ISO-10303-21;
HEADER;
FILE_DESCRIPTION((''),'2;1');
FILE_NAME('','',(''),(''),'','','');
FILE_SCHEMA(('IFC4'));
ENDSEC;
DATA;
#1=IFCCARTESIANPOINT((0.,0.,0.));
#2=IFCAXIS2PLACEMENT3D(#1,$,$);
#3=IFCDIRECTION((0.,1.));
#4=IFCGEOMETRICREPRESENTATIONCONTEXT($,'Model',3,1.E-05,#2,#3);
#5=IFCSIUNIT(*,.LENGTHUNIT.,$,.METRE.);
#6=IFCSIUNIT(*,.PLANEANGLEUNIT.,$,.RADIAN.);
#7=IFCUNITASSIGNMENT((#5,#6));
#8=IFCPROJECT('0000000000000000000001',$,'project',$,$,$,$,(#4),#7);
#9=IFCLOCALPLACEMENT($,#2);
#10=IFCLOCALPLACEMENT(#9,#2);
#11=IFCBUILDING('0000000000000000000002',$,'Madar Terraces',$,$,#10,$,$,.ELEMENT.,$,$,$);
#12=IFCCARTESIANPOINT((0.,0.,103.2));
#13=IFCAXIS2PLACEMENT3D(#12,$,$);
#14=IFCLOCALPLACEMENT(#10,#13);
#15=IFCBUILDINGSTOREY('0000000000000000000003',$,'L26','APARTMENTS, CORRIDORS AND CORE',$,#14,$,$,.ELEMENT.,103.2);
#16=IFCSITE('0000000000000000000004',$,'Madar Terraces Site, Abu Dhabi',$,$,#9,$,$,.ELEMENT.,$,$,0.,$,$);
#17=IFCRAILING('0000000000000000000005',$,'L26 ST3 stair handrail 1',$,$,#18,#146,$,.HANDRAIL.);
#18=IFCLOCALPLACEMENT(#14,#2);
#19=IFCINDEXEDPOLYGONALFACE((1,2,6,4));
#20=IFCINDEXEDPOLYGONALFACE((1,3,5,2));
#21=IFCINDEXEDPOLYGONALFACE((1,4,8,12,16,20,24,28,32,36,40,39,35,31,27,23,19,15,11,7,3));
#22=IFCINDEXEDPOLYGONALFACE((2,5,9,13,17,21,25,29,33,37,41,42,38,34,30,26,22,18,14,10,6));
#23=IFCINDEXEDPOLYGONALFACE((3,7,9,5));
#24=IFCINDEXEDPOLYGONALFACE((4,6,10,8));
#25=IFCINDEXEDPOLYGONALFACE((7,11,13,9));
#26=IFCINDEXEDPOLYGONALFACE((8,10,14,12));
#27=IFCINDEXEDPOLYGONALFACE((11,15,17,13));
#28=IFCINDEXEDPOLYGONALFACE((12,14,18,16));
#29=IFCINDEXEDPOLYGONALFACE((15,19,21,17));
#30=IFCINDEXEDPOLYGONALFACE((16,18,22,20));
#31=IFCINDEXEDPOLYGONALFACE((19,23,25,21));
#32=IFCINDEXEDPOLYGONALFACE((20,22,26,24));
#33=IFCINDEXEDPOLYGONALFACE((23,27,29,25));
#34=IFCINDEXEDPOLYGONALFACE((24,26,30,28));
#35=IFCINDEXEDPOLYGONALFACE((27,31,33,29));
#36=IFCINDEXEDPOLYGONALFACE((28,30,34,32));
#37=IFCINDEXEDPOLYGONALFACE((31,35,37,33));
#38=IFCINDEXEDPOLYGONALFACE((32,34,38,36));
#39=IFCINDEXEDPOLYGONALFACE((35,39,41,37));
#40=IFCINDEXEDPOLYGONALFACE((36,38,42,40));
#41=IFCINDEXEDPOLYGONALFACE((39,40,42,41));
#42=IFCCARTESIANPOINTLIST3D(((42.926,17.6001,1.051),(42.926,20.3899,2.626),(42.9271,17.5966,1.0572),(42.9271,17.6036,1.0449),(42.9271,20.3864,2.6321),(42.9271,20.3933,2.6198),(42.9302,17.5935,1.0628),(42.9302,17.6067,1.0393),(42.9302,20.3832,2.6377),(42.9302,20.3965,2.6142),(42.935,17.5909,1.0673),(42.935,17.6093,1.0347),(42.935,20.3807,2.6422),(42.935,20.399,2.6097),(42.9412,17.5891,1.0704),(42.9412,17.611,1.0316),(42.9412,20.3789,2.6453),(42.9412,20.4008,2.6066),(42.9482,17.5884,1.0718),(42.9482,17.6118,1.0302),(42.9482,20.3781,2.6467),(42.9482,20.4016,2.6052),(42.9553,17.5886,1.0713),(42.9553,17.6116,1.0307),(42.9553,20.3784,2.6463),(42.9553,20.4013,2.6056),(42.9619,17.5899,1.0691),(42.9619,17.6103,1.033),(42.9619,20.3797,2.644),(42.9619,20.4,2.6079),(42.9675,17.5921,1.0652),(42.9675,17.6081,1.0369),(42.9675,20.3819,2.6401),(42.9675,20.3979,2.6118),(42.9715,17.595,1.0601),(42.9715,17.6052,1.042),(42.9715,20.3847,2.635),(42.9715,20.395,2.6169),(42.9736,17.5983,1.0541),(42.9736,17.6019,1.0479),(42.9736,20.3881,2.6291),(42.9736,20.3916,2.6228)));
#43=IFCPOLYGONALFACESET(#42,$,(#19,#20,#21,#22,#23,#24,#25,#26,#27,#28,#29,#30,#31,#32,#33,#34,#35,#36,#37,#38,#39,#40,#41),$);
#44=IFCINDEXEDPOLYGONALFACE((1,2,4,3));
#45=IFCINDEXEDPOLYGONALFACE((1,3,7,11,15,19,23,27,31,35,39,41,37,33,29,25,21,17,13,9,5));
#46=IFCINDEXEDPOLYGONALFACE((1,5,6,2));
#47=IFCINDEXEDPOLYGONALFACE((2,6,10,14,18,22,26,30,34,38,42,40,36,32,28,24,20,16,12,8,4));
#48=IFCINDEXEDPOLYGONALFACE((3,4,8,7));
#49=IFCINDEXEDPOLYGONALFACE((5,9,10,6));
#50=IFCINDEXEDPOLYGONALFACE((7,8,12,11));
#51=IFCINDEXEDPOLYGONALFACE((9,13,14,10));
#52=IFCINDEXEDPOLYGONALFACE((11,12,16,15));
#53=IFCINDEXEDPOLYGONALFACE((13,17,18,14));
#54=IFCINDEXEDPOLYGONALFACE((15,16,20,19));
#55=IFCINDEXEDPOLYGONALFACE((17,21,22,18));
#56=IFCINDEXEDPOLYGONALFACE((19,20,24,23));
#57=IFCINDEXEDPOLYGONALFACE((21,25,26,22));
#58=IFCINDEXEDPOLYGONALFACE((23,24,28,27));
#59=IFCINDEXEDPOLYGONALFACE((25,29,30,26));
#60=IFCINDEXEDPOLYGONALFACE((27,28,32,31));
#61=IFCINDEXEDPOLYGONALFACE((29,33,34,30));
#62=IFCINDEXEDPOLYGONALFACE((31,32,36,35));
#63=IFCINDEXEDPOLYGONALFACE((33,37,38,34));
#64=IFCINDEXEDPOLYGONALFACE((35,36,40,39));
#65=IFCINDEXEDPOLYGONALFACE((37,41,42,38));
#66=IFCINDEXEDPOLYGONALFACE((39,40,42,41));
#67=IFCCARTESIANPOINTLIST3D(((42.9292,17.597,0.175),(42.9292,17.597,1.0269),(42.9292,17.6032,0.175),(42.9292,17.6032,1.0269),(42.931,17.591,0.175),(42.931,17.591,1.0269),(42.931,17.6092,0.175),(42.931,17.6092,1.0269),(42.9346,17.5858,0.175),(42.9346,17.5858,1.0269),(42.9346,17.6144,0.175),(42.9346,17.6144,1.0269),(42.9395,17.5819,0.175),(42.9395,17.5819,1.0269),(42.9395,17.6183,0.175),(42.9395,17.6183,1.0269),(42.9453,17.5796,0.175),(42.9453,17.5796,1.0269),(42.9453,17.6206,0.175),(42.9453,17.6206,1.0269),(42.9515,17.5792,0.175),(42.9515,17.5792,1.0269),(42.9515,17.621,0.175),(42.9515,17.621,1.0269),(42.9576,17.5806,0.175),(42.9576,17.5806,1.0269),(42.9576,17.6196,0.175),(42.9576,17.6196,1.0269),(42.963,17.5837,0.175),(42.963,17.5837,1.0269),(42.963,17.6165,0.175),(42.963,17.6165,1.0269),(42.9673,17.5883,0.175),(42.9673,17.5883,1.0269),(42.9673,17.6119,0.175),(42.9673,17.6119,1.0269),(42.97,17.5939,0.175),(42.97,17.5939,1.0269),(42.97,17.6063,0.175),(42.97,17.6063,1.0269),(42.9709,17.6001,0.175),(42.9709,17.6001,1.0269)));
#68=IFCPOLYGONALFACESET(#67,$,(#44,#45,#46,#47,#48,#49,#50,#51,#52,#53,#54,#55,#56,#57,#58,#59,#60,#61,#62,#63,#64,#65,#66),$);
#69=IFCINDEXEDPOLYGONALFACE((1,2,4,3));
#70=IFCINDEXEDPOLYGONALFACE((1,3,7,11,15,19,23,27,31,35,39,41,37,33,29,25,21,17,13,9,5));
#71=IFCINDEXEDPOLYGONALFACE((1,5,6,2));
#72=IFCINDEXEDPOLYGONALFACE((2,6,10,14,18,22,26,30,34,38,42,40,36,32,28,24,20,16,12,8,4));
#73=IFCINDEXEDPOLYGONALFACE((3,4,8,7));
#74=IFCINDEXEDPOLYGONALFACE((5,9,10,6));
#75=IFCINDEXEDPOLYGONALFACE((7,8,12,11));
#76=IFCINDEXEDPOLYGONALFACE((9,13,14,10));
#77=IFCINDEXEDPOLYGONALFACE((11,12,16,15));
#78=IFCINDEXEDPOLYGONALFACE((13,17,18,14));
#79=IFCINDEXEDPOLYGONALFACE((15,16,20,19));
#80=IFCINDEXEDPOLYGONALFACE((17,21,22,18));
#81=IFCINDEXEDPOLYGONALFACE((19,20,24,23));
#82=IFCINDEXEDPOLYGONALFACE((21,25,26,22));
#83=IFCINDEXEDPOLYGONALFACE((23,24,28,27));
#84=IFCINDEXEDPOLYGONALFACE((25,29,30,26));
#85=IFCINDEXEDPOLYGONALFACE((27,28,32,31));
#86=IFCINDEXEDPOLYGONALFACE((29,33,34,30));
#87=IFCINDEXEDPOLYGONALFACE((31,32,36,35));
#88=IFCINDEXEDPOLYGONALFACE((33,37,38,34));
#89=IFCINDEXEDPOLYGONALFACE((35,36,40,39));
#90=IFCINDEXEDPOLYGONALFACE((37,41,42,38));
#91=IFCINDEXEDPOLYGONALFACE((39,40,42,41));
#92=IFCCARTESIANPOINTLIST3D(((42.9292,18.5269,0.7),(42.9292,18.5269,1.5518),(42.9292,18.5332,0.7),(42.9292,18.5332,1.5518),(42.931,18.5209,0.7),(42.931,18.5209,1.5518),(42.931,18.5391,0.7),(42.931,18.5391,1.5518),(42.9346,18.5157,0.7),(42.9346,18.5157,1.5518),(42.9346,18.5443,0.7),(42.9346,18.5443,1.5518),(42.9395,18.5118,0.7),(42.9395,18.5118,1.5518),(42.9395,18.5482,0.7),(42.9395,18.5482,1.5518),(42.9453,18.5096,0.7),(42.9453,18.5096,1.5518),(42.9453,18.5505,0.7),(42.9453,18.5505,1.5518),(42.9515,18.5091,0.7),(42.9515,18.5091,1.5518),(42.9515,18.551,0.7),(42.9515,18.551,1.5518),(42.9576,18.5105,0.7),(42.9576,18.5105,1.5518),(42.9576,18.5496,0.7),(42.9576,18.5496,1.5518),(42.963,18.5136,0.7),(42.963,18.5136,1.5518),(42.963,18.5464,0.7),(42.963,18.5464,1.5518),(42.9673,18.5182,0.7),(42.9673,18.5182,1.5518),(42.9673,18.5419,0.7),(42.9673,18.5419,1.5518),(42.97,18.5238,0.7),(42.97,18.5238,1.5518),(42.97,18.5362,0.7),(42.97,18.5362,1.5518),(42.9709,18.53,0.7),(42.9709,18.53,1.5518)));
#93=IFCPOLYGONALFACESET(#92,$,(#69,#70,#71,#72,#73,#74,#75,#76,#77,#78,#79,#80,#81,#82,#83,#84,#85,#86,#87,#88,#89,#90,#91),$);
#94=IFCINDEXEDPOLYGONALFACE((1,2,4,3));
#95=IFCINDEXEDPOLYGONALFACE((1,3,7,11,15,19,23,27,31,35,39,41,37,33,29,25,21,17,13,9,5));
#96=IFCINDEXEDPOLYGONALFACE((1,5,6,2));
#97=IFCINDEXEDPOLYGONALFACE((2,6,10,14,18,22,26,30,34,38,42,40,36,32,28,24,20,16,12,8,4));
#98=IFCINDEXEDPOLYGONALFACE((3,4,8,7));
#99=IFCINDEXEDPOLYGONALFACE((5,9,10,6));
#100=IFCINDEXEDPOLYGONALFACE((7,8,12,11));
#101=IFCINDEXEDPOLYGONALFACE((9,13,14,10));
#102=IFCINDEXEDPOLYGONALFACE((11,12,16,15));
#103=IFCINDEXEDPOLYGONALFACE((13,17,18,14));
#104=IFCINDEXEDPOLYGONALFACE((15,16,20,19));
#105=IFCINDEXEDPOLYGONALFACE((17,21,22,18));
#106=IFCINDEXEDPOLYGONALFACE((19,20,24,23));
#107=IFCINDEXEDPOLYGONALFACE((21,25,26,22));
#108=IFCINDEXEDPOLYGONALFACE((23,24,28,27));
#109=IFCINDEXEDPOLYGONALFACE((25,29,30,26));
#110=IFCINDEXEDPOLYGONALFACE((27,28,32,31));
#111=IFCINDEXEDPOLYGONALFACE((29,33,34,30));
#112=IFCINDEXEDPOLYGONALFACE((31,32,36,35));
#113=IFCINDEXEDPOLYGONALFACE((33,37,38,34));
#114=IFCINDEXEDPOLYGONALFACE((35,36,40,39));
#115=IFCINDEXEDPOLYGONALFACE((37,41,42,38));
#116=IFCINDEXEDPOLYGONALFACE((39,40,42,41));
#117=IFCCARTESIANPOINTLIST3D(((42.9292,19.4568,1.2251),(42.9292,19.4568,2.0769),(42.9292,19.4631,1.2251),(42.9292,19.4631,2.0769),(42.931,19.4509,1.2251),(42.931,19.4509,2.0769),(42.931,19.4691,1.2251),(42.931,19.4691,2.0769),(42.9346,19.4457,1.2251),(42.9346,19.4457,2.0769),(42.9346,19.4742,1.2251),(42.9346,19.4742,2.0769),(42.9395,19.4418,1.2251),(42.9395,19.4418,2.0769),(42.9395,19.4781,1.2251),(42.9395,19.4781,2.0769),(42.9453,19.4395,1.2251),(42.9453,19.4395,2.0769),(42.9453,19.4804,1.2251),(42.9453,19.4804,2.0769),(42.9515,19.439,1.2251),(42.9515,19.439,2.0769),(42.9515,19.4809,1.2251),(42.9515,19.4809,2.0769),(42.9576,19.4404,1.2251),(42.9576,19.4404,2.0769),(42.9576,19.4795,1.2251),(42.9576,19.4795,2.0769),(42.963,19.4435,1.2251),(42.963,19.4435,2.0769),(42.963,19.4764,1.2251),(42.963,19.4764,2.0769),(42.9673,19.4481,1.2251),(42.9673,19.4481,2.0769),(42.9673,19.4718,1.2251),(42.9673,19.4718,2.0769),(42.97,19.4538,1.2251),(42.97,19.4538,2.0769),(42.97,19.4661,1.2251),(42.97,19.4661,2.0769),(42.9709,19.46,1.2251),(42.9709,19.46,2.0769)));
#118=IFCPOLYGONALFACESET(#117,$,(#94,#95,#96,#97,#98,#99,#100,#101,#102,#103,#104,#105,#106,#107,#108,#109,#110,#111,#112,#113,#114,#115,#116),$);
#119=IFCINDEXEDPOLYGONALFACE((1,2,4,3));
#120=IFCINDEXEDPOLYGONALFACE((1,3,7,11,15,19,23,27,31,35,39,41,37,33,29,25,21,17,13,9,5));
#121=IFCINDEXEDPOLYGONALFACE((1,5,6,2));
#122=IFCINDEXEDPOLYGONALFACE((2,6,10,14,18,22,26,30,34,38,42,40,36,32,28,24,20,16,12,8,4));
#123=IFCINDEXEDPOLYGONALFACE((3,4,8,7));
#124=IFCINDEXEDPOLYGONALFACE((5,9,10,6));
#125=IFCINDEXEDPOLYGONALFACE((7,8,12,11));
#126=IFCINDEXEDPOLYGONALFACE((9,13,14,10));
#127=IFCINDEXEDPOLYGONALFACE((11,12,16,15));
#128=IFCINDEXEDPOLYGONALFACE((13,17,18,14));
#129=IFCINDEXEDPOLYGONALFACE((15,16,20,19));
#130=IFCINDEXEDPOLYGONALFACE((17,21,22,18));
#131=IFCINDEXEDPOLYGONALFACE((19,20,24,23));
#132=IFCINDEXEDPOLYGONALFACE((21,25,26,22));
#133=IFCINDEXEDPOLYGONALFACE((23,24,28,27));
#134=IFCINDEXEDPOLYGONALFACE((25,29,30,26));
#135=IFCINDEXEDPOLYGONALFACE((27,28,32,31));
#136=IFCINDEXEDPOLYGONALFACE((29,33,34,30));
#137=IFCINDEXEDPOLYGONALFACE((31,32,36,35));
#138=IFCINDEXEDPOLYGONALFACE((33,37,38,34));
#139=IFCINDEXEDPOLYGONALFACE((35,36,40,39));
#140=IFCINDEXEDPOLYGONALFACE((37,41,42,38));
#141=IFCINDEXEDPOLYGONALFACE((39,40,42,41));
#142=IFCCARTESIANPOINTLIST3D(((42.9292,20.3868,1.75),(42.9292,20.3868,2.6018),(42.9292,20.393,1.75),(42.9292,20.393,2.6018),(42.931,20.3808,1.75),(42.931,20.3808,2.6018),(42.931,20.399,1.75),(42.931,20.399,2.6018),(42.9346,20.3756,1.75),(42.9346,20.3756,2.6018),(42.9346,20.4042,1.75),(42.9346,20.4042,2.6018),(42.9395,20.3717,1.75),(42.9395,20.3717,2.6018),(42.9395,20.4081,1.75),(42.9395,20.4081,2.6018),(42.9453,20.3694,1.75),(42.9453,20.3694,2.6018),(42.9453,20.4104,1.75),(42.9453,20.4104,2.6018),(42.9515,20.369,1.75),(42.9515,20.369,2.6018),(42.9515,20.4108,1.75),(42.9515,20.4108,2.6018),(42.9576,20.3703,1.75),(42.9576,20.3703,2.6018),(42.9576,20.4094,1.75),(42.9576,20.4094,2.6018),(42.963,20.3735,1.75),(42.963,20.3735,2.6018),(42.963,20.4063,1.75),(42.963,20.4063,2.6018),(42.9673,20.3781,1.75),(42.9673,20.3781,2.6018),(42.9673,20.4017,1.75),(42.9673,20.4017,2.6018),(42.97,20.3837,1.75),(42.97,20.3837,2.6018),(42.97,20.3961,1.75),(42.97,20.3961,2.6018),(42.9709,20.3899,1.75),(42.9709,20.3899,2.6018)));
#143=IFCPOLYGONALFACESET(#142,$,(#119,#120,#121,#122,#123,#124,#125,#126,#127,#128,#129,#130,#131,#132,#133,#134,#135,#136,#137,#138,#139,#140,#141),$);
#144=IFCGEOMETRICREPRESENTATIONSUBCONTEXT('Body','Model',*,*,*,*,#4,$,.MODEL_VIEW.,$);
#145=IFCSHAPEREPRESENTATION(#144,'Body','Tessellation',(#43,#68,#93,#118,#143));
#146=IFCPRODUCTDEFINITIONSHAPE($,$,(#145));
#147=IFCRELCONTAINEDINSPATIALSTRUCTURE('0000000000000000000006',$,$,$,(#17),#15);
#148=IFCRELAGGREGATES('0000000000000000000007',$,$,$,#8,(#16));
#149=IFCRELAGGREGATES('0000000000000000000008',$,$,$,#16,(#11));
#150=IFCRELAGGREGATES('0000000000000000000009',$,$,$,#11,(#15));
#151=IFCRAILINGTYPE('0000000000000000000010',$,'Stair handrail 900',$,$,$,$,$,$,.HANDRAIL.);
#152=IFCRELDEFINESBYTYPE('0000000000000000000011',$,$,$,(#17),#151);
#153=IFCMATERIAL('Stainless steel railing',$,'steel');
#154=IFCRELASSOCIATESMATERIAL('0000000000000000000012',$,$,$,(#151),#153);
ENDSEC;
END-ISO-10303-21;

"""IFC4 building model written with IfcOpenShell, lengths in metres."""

from ifc_helpers import new_model, si_unit, direction, frame, origin, origin_2d, place, context, subcontext, project, spatial, circle, extrude, material, type_object, element, save


model = new_model("IFC4")

# Units and contexts
model_context = context("Model", 3, precision=1e-05, world=origin(), true_north=direction((0.0, 1.0)))
body_context = subcontext(model_context, "Body", "Model", "MODEL_VIEW")
ifc_project = project(units=[si_unit("LENGTHUNIT", "METRE"), si_unit("PLANEANGLEUNIT", "RADIAN")], contexts=[model_context])

# Site, building, storey
site_placement = place(None, origin())
site = spatial("IfcSite", under=ifc_project, at=site_placement, Name="Madar Terraces Site, Abu Dhabi", CompositionType="ELEMENT", RefElevation=0.0)
building_placement = place(site_placement, origin())
building = spatial("IfcBuilding", under=site, at=building_placement, Name="Madar Terraces", CompositionType="ELEMENT")
storey_placement = place(building_placement, frame((0.0, 0.0, 103.2)))
storey = spatial("IfcBuildingStorey", under=building, at=storey_placement, Name="L26", Description="APARTMENTS, CORRIDORS AND CORE", CompositionType="ELEMENT", Elevation=103.2)

# Railing
ifc_material_1 = material(Name="Stainless steel railing", Category="steel")
railing_type_1 = type_object("IfcRailingType", Name="Stair handrail 900", PredefinedType="HANDRAIL", material=ifc_material_1)
railing_1_placement = place(storey_placement, frame((42.95, 17.6001, 0.175)))
element("IfcRailing", 1, at=railing_1_placement, inside=storey, type_object=railing_type_1, Name="L26 ST3 stair handrail 1", PredefinedType="HANDRAIL", context=body_context, shape_type="SweptSolid", body=[
    extrude(circle(Radius=0.0239, at=origin_2d()), frame((0.0, 0.0, 0.876), z_axis=(0.0, 0.870815, 0.49161), x_axis=(-1.0, 0.0, 0.0)), (0.0, 0.0, 1.0), 3.2036),
    extrude(circle(Radius=0.021, at=origin_2d()), origin(), (0.0, 0.0, 1.0), 0.8518),
    extrude(circle(Radius=0.021, at=origin_2d()), frame((0.0, 0.9299, 0.5249)), (0.0, 0.0, 1.0), 0.8518),
    extrude(circle(Radius=0.021, at=origin_2d()), frame((0.0, 1.8599, 1.05)), (0.0, 0.0, 1.0), 0.8518),
    extrude(circle(Radius=0.021, at=origin_2d()), frame((0.0, 2.7898, 1.575)), (0.0, 0.0, 1.0), 0.8518),
])

save(model, "model.ifc")
